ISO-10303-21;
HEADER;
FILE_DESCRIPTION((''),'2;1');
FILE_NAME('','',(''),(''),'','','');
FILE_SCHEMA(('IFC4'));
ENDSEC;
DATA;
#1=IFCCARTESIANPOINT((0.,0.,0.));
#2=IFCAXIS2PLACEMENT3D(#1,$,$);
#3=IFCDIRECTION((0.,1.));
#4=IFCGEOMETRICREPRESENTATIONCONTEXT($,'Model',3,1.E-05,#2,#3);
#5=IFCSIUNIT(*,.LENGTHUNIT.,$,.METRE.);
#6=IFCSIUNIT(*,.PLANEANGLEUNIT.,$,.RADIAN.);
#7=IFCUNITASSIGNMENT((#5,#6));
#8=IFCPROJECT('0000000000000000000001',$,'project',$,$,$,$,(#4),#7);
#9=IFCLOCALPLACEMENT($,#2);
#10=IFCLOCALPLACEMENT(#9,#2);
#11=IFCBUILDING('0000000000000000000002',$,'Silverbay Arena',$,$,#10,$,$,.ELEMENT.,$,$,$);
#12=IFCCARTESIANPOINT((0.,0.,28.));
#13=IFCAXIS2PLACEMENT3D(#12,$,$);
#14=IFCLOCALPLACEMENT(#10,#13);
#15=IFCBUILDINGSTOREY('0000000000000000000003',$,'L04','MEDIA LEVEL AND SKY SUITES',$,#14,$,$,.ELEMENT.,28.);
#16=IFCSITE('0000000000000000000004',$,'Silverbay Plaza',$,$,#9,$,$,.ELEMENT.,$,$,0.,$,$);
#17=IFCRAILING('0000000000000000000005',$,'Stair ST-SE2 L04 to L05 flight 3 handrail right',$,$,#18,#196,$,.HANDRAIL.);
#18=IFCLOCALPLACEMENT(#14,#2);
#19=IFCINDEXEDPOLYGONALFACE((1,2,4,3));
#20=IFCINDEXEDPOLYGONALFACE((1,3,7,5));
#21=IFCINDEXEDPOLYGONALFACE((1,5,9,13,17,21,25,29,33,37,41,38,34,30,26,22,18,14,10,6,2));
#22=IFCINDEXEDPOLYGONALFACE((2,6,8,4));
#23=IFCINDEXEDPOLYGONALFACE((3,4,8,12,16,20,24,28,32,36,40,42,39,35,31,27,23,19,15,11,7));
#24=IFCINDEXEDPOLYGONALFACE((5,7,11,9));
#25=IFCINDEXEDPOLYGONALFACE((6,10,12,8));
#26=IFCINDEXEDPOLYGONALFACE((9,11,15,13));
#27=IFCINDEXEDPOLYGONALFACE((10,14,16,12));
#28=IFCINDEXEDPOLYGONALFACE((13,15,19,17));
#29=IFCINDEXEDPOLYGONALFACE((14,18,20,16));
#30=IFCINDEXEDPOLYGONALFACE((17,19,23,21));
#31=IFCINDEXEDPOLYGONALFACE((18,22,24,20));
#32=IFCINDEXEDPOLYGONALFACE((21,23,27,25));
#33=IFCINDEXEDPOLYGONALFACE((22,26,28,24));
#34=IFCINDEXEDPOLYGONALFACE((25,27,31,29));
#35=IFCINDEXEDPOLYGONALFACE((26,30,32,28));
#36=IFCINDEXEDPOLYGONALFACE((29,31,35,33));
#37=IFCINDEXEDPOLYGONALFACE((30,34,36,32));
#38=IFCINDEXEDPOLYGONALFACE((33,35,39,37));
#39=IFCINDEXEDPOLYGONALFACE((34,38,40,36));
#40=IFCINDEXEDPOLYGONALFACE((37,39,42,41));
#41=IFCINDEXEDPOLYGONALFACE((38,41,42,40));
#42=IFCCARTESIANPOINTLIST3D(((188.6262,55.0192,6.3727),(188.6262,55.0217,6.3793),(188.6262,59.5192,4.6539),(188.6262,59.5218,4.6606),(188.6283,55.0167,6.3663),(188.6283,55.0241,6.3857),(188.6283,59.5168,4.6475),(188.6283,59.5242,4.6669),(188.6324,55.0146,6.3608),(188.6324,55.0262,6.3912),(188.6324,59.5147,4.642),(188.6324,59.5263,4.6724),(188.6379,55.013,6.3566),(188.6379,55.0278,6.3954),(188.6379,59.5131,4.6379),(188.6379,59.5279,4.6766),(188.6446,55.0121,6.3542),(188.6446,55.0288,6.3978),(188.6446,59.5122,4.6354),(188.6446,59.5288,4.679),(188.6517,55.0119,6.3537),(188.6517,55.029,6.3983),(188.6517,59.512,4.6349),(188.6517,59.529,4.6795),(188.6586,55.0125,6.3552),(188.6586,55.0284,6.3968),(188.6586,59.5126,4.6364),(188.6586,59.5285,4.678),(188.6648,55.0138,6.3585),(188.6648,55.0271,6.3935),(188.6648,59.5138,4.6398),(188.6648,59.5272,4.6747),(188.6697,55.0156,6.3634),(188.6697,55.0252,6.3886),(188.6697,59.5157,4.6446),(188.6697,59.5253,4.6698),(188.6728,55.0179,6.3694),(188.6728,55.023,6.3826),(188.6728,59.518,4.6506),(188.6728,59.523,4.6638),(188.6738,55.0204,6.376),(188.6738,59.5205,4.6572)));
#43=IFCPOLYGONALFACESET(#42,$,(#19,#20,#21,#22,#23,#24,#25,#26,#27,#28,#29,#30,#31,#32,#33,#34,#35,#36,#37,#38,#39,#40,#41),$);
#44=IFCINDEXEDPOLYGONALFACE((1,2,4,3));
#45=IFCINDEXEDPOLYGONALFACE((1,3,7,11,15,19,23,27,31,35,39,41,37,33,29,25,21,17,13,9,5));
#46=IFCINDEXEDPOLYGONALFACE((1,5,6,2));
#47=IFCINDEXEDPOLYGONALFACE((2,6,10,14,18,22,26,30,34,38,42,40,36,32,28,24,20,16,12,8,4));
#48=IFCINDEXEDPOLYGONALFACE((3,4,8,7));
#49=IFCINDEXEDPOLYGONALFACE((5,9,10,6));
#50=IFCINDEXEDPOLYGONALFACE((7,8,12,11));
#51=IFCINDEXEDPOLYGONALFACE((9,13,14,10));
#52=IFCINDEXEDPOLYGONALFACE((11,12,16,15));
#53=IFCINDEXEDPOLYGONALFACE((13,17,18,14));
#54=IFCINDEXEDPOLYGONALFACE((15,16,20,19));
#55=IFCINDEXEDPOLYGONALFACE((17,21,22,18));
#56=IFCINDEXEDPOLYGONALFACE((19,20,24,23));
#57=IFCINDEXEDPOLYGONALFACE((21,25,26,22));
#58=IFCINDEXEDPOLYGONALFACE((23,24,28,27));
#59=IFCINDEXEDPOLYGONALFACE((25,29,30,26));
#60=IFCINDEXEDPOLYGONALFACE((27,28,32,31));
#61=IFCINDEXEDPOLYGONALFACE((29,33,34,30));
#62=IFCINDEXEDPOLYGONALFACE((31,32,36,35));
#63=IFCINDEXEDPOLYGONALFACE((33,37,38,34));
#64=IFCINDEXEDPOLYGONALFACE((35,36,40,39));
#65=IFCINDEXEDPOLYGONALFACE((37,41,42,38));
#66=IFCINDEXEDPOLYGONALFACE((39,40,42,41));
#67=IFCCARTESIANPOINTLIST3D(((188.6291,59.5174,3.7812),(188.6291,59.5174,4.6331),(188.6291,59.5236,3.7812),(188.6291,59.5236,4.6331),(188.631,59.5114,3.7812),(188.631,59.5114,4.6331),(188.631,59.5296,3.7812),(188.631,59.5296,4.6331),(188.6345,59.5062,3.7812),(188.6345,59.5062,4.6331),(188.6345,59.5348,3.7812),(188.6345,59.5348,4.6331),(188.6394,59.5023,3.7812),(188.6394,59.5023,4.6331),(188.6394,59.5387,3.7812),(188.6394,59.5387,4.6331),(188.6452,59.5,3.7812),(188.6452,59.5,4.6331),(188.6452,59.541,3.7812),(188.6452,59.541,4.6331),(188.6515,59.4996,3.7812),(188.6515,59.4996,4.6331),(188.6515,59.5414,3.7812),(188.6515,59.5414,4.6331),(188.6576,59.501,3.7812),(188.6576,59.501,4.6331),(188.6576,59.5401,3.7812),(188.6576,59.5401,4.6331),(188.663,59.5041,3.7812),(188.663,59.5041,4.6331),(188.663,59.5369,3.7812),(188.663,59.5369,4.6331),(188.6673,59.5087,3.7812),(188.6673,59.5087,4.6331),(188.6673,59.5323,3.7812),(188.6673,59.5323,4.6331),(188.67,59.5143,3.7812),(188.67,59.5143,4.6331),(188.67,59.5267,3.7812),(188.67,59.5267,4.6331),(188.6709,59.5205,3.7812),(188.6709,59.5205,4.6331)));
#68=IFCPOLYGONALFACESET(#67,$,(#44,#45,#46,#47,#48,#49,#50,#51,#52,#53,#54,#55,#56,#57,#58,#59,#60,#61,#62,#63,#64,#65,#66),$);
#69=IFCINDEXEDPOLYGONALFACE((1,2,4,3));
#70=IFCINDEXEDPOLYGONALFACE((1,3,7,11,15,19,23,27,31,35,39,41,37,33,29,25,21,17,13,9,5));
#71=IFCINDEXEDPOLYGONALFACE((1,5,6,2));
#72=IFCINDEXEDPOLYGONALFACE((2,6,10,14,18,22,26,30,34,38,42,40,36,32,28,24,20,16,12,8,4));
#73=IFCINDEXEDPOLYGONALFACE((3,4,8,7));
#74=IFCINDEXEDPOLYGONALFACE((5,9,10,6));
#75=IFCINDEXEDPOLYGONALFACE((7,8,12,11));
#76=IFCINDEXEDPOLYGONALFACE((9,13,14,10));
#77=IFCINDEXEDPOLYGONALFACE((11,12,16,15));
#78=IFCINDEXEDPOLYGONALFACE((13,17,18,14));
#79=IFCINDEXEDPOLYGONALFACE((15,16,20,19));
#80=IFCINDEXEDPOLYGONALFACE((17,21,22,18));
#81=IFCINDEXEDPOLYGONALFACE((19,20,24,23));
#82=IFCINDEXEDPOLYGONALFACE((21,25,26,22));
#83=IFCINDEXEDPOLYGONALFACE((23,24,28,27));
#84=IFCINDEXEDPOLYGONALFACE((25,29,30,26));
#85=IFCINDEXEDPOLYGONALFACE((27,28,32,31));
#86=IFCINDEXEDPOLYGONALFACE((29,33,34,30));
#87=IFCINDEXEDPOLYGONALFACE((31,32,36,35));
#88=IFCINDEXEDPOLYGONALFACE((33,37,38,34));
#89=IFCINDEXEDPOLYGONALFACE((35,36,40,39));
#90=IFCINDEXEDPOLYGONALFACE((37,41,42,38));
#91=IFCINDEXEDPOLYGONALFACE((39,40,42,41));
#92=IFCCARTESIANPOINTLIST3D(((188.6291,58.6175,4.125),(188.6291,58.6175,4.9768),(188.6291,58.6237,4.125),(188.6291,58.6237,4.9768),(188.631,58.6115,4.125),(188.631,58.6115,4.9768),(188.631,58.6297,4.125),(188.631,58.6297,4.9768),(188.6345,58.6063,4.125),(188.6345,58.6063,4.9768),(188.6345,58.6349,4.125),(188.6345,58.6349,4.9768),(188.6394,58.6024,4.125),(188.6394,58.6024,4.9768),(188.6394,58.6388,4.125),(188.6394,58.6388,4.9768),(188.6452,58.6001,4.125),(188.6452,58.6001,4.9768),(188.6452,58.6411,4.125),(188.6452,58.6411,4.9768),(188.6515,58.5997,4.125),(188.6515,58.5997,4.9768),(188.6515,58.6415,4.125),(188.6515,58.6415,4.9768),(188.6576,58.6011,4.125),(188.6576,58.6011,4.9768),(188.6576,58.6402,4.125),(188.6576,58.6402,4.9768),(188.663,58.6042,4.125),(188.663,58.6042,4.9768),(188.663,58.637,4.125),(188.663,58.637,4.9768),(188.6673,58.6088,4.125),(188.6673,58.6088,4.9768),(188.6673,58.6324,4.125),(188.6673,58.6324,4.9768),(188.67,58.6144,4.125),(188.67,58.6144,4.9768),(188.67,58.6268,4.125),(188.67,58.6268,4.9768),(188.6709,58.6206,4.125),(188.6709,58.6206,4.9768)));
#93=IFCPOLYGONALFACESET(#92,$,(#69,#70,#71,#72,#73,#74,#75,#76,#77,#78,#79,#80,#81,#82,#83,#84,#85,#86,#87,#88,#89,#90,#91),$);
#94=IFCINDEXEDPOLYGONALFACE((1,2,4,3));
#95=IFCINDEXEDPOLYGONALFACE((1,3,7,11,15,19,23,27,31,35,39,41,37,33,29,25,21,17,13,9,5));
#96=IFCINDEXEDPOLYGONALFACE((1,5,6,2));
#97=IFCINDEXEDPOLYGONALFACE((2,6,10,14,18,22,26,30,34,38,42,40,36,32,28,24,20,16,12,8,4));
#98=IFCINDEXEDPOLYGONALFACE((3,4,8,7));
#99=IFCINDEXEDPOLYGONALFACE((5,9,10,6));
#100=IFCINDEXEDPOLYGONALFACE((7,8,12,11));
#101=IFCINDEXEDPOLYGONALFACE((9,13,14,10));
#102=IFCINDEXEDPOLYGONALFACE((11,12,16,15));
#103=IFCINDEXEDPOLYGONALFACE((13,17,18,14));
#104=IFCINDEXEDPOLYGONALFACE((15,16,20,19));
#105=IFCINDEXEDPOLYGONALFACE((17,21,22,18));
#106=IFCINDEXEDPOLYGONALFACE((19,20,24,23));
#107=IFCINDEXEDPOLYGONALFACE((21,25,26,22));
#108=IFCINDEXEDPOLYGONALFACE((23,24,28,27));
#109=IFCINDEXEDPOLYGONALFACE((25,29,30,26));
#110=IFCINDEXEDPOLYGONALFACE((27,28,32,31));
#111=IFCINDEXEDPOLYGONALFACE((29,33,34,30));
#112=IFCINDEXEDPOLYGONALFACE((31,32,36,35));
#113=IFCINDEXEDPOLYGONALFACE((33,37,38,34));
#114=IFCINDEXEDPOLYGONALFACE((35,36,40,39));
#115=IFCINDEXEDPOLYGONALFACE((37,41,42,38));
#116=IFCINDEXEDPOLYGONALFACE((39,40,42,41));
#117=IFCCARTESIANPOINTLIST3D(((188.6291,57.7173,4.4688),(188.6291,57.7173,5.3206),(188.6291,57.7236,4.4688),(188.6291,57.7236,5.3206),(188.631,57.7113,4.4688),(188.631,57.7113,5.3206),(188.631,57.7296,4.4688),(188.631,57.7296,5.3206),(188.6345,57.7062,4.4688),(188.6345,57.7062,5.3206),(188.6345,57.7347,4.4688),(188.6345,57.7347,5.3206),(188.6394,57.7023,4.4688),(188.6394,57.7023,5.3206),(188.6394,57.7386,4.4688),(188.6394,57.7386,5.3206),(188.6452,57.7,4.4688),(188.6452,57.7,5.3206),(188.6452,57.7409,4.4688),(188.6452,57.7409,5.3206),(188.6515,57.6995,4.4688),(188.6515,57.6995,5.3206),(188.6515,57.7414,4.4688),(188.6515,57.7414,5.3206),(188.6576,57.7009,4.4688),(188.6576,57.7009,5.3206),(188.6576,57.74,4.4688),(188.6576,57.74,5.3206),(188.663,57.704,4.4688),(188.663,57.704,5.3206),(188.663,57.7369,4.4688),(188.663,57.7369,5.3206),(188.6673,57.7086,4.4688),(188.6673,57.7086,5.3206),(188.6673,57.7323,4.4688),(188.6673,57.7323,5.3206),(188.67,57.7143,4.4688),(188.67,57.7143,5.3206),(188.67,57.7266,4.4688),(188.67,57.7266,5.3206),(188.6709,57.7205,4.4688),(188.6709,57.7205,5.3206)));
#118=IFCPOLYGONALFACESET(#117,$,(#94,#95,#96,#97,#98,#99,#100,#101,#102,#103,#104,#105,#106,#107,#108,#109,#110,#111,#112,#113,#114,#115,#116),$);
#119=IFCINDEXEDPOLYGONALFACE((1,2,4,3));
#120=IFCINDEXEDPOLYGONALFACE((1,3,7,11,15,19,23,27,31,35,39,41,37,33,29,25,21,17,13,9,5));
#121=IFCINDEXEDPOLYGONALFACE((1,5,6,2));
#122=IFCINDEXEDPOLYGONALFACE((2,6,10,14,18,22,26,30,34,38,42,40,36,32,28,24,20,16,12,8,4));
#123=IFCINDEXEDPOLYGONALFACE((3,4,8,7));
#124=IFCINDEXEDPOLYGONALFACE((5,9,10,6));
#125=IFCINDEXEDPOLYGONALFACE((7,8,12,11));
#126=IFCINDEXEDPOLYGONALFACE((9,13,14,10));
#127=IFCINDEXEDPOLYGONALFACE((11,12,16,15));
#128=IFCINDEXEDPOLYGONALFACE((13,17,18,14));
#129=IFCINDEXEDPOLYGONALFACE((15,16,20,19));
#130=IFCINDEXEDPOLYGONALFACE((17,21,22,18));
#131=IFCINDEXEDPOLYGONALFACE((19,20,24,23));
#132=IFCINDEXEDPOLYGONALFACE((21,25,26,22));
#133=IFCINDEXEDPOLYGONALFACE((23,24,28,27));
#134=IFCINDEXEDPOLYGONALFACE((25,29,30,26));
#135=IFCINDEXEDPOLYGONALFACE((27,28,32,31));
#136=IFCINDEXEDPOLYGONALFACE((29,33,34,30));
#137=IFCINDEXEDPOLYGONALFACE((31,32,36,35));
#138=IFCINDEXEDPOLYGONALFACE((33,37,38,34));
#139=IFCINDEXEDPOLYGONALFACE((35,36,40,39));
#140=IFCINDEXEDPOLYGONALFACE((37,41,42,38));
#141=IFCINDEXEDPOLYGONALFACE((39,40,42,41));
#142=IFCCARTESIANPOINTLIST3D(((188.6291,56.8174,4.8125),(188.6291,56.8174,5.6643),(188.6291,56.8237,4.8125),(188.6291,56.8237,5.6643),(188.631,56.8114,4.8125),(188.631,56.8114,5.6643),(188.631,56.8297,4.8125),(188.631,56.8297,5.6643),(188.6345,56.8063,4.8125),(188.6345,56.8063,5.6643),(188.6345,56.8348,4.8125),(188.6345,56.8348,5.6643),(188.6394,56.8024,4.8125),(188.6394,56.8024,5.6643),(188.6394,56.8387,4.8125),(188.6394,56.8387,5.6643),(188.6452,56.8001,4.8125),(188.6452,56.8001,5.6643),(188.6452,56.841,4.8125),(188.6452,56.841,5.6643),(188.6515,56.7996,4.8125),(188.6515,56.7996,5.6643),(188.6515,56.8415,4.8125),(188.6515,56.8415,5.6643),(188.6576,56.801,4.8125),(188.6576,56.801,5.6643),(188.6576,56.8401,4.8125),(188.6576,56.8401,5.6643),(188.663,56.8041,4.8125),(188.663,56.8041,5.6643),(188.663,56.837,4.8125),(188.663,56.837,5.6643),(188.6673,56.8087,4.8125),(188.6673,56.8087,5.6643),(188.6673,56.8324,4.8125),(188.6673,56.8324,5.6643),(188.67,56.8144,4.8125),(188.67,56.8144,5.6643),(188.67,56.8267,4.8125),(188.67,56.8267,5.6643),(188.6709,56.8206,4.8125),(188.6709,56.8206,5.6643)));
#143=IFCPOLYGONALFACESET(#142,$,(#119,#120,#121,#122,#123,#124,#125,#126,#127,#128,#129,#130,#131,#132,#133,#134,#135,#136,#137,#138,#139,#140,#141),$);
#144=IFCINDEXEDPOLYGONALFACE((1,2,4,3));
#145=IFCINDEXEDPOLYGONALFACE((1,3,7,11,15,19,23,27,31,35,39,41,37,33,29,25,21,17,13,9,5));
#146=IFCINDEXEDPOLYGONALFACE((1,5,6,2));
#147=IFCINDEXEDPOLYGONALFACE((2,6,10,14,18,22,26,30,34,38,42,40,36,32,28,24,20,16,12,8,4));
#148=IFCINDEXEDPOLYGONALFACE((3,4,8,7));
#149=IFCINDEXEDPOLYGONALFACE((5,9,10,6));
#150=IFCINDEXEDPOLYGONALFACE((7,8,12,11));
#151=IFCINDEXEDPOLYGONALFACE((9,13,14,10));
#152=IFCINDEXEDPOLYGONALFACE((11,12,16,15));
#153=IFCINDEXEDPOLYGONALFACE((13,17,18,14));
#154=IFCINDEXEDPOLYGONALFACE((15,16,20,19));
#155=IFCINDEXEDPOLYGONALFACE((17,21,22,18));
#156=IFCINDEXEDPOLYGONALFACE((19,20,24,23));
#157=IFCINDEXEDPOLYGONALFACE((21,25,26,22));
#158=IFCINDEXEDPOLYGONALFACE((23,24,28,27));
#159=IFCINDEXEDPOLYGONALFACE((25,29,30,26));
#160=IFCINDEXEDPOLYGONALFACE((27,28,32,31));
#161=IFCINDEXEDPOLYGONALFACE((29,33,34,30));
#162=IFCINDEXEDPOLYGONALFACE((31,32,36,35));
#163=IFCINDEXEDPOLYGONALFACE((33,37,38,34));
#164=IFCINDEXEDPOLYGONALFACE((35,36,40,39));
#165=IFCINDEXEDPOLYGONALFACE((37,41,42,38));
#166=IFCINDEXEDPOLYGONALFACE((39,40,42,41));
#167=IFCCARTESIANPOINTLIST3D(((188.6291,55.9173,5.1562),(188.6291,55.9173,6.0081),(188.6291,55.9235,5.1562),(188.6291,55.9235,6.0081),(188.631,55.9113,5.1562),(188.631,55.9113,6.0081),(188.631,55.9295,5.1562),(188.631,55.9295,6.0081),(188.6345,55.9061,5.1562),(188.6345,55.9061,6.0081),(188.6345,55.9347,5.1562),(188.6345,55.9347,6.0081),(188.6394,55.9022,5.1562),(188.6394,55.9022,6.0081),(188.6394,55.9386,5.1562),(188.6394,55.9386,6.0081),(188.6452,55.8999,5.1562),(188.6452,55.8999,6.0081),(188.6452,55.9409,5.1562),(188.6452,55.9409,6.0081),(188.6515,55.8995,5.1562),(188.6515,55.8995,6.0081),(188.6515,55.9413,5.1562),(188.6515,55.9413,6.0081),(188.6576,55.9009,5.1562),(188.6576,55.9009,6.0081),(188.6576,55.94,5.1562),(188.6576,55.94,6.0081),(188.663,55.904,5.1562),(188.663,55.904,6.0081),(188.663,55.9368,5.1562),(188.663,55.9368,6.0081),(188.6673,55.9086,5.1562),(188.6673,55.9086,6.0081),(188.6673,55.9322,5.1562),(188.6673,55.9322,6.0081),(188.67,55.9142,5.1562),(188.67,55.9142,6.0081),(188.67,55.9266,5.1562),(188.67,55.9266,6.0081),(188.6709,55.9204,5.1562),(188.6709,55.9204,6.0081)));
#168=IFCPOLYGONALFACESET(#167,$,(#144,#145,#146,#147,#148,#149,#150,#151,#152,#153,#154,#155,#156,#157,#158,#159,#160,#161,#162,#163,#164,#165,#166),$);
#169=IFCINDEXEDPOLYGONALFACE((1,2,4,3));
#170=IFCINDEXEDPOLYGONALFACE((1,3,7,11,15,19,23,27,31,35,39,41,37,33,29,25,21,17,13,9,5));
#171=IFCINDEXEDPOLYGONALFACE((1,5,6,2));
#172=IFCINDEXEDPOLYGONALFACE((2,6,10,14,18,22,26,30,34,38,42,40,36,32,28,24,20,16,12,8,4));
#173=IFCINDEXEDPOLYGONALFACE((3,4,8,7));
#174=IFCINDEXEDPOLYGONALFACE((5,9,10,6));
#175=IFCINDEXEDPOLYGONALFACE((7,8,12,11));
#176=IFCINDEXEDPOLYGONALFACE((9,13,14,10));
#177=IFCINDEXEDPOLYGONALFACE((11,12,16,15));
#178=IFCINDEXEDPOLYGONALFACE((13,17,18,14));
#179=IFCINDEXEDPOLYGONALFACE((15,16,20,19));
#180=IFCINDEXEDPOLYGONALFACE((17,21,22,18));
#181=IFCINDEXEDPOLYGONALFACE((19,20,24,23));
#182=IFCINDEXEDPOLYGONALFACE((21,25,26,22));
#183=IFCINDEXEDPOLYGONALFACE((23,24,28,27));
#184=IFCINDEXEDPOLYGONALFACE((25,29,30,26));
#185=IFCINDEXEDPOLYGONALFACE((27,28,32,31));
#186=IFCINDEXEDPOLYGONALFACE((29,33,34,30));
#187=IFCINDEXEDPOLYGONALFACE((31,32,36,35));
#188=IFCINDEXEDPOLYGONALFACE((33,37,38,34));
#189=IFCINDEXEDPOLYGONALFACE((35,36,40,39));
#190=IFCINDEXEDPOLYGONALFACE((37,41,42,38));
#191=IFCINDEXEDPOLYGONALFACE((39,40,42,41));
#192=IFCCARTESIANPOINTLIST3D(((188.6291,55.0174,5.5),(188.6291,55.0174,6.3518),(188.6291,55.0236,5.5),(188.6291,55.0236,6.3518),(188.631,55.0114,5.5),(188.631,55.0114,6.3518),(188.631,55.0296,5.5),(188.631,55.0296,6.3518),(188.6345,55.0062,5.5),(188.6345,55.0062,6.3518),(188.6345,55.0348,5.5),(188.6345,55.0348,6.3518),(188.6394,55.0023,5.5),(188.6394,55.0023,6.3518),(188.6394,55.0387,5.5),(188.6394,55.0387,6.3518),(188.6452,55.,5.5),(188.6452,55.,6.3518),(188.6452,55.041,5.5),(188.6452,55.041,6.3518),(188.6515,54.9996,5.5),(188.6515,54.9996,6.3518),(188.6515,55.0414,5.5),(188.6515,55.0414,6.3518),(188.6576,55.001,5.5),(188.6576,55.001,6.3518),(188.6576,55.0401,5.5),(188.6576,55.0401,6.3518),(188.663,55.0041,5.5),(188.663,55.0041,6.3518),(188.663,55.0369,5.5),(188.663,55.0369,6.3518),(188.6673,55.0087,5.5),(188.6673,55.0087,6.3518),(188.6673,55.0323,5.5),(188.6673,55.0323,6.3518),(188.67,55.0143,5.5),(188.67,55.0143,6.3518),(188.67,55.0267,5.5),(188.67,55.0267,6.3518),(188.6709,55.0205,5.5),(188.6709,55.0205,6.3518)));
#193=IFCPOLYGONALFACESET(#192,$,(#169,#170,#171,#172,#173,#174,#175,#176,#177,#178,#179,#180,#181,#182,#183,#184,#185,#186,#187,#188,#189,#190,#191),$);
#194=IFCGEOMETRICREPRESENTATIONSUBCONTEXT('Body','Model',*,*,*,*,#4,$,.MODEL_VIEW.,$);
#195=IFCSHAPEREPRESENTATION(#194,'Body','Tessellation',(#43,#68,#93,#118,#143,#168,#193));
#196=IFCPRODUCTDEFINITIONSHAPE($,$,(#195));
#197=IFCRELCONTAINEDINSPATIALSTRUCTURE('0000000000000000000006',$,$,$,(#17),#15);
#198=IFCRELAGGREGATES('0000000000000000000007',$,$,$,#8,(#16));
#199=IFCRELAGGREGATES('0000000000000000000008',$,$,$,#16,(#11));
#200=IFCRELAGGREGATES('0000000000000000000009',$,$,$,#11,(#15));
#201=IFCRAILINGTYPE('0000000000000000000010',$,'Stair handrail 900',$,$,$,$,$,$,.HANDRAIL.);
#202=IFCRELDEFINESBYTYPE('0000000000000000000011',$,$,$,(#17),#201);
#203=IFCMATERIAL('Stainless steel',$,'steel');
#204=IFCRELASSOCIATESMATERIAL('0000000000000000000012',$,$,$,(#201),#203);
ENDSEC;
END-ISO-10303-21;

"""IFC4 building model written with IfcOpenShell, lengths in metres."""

from ifc_helpers import new_model, si_unit, direction, frame, origin, origin_2d, place, context, subcontext, project, spatial, circle, extrude, material, type_object, element, save


model = new_model("IFC4")

# Units and contexts
model_context = context("Model", 3, precision=1e-05, world=origin(), true_north=direction((0.0, 1.0)))
body_context = subcontext(model_context, "Body", "Model", "MODEL_VIEW")
ifc_project = project(units=[si_unit("LENGTHUNIT", "METRE"), si_unit("PLANEANGLEUNIT", "RADIAN")], contexts=[model_context])

# Site, building, storey
site_placement = place(None, origin())
site = spatial("IfcSite", under=ifc_project, at=site_placement, Name="Silverbay Plaza", CompositionType="ELEMENT", RefElevation=0.0)
building_placement = place(site_placement, origin())
building = spatial("IfcBuilding", under=site, at=building_placement, Name="Silverbay Arena", CompositionType="ELEMENT")
storey_placement = place(building_placement, frame((0.0, 0.0, 28.0)))
storey = spatial("IfcBuildingStorey", under=building, at=storey_placement, Name="L04", Description="MEDIA LEVEL AND SKY SUITES", CompositionType="ELEMENT", Elevation=28.0)

# Railing
ifc_material_1 = material(Name="Stainless steel", Category="steel")
railing_type_1 = type_object("IfcRailingType", Name="Stair handrail 900", PredefinedType="HANDRAIL", material=ifc_material_1)
for number, where, name in (
    (1, (188.6499, 59.5205, 3.7812), "Stair ST-SE2 L04 to L05 flight 3 handrail right"),
):
    element("IfcRailing", number, at=place(storey_placement, frame(where)), inside=storey, type_object=railing_type_1, Name=name, PredefinedType="HANDRAIL", context=body_context, shape_type="SweptSolid", body=[
        extrude(circle(Radius=0.0239, at=origin_2d()), frame((0.0, 0.0, 0.876), z_axis=(0.0, -0.934179, 0.356805), x_axis=(1.0, 0.0, 0.0)), (0.0, 0.0, 1.0), 4.8171),
        extrude(circle(Radius=0.021, at=origin_2d()), origin(), (0.0, 0.0, 1.0), 0.8518),
        extrude(circle(Radius=0.021, at=origin_2d()), frame((0.0, -0.8999, 0.3438)), (0.0, 0.0, 1.0), 0.8518),
        extrude(circle(Radius=0.021, at=origin_2d()), frame((0.0, -1.8, 0.6875)), (0.0, 0.0, 1.0), 0.8518),
        extrude(circle(Radius=0.021, at=origin_2d()), frame((0.0, -2.7, 1.0312)), (0.0, 0.0, 1.0), 0.8518),
        extrude(circle(Radius=0.021, at=origin_2d()), frame((0.0, -3.6001, 1.375)), (0.0, 0.0, 1.0), 0.8518),
        extrude(circle(Radius=0.021, at=origin_2d()), frame((0.0, -4.5, 1.7188)), (0.0, 0.0, 1.0), 0.8518),
    ])

save(model, "model.ifc")
